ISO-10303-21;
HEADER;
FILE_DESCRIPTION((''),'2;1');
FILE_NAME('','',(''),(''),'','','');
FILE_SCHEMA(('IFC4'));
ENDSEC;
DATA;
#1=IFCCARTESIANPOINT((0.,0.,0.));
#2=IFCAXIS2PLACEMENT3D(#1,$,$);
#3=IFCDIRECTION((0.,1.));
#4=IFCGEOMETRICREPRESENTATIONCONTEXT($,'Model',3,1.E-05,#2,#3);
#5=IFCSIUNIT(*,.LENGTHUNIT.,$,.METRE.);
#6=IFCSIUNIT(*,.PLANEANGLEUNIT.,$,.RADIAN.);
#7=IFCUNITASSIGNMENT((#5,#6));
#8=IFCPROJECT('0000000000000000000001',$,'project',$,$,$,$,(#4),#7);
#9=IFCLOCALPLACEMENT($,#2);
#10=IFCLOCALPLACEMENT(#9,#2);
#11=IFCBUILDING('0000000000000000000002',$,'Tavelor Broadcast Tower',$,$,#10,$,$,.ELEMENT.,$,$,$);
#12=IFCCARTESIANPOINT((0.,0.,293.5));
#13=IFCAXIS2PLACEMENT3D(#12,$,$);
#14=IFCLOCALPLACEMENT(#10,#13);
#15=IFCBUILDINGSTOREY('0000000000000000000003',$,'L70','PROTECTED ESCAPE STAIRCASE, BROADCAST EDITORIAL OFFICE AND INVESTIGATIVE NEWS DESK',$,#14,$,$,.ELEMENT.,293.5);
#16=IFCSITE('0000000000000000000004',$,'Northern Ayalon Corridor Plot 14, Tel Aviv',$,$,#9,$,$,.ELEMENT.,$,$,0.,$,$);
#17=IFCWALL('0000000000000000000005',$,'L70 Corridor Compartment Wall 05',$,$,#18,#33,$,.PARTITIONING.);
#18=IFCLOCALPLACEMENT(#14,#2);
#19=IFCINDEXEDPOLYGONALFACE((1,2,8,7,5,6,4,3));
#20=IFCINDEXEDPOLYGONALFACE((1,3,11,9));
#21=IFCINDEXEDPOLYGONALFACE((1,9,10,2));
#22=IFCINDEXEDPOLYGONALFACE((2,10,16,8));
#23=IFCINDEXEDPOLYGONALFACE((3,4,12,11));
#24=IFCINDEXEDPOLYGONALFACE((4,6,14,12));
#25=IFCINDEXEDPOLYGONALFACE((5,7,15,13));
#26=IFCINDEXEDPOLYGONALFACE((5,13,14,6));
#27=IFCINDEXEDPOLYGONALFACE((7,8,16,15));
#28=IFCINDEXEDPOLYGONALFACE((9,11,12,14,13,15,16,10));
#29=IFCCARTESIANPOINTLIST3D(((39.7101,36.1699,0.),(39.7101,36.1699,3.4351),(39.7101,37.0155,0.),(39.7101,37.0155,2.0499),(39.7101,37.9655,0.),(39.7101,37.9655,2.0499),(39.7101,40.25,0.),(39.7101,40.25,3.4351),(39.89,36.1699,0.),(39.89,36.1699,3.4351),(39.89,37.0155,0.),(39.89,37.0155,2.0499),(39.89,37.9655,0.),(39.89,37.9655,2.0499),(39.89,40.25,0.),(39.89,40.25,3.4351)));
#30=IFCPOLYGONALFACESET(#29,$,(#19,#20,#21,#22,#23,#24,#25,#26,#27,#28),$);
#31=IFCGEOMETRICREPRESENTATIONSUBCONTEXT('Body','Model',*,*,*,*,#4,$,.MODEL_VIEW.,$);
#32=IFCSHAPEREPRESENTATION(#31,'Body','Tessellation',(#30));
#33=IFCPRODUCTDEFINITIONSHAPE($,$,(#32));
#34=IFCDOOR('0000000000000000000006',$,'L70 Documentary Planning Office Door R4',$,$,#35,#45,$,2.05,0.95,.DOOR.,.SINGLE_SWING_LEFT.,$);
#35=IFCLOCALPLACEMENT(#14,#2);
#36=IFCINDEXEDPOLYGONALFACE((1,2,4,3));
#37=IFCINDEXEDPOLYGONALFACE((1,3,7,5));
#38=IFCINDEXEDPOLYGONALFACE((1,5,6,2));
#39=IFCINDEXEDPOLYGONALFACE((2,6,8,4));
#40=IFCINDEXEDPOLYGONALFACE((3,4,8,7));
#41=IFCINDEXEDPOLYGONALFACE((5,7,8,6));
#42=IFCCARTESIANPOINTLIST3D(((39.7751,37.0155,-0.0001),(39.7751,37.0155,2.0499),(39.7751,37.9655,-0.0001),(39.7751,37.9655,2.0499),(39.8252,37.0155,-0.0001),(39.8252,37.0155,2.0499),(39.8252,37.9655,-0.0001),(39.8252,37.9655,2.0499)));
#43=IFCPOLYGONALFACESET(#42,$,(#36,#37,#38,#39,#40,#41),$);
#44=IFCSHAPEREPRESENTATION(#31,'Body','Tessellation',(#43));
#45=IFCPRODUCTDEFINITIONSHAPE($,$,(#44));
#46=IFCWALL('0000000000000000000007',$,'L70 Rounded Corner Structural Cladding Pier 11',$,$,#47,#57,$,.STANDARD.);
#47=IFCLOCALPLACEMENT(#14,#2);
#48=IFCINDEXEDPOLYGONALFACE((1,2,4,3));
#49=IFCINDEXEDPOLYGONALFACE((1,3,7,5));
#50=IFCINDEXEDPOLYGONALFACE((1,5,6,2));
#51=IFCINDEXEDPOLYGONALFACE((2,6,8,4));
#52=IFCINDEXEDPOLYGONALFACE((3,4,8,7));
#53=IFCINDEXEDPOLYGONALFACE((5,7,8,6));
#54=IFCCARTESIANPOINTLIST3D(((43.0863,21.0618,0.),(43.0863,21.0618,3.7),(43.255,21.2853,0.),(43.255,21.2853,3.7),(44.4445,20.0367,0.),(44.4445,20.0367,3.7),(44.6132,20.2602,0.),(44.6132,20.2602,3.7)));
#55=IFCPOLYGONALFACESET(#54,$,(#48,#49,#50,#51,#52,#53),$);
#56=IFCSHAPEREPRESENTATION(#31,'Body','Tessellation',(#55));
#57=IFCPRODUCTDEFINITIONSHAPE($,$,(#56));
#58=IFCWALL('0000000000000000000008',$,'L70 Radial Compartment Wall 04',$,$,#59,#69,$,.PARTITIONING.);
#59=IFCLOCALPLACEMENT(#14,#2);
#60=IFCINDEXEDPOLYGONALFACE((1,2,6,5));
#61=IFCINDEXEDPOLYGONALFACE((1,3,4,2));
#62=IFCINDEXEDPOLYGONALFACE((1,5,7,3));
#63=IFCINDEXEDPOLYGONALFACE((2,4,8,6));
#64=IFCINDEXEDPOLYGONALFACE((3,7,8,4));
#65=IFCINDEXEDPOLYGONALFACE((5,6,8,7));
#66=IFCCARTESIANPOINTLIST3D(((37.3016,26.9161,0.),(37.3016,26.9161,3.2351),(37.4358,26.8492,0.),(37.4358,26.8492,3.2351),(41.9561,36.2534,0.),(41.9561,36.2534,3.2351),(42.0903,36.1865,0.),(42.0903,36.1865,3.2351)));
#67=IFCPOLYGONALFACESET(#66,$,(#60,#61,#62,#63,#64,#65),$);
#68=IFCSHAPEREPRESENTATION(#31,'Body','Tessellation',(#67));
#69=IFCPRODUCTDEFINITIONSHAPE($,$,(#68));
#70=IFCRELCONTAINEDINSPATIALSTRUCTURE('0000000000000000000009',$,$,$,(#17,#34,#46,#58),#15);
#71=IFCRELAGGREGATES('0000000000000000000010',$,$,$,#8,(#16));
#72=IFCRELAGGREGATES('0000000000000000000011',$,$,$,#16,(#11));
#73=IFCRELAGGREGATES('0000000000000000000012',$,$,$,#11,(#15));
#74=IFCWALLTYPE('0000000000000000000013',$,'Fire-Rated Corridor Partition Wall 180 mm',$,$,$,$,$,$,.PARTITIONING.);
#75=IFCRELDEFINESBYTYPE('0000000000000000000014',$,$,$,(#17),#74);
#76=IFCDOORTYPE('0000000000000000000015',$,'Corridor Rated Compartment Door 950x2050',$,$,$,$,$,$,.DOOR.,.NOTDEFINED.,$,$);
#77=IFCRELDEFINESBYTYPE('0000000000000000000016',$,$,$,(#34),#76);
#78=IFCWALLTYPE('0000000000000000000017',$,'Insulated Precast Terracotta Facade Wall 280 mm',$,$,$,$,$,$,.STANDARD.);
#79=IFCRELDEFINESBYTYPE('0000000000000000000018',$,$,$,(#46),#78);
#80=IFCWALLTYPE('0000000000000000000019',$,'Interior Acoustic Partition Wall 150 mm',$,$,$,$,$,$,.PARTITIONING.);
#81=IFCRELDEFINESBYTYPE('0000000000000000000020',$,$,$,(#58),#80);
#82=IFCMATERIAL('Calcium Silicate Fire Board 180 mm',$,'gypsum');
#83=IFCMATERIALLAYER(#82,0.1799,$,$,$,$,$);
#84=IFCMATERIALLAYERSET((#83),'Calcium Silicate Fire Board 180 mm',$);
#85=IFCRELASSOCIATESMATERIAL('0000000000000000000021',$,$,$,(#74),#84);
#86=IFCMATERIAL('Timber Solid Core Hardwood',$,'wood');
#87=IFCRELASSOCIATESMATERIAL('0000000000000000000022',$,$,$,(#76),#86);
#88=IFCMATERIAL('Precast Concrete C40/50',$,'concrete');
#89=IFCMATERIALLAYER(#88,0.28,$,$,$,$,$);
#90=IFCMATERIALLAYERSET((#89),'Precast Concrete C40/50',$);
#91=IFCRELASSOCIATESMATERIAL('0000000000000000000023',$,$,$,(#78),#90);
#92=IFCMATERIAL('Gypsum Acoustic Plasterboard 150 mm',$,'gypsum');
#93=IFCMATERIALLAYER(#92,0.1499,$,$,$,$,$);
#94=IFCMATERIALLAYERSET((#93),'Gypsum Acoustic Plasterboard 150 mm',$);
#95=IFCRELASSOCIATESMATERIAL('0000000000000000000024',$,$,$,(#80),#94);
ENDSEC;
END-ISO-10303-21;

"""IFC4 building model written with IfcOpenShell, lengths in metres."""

from ifc_helpers import new_model, si_unit, direction, frame, frame_2d, origin, place, context, subcontext, project, spatial, rectangle, extrude, material, layer, layer_set, type_object, element, fill, save


model = new_model("IFC4")

# Units and contexts
model_context = context("Model", 3, precision=1e-05, world=origin(), true_north=direction((0.0, 1.0)))
body_context = subcontext(model_context, "Body", "Model", "MODEL_VIEW")
ifc_project = project(units=[si_unit("LENGTHUNIT", "METRE"), si_unit("PLANEANGLEUNIT", "RADIAN")], contexts=[model_context])

# Site, building, storey
site_placement = place(None, origin())
site = spatial("IfcSite", under=ifc_project, at=site_placement, Name="Northern Ayalon Corridor Plot 14, Tel Aviv", CompositionType="ELEMENT", RefElevation=0.0)
building_placement = place(site_placement, origin())
building = spatial("IfcBuilding", under=site, at=building_placement, Name="Tavelor Broadcast Tower", CompositionType="ELEMENT")
storey_placement = place(building_placement, frame((0.0, 0.0, 293.5)))
storey = spatial("IfcBuildingStorey", under=building, at=storey_placement, Name="L70", Description="PROTECTED ESCAPE STAIRCASE, BROADCAST EDITORIAL OFFICE AND INVESTIGATIVE NEWS DESK", CompositionType="ELEMENT", Elevation=293.5)

# Wall, opening, door
ifc_material_1 = material(Name="Calcium Silicate Fire Board 180 mm", Category="gypsum")
ifc_layer_1 = layer(ifc_material_1, 0.1799)
ifc_layer_set_1 = layer_set([ifc_layer_1], Name="Calcium Silicate Fire Board 180 mm")
wall_type_1 = type_object("IfcWallType", Name="Fire-Rated Corridor Partition Wall 180 mm", PredefinedType="PARTITIONING", material=ifc_layer_set_1)
wall_1_placement = place(storey_placement, frame((39.8, 36.1699, 0.0), z_axis=(0.0, 0.0, 1.0), x_axis=(0.0, 1.0, 0.0)))
wall_1 = element("IfcWall", 1, at=wall_1_placement, inside=storey, type_object=wall_type_1, Name="L70 Corridor Compartment Wall 05", PredefinedType="PARTITIONING", context=body_context, shape_type="SweptSolid", body=[
    extrude(rectangle(XDim=4.0801, YDim=0.1799, at=frame_2d((2.04, 0.0))), origin(), (0.0, 0.0, 1.0), 3.4351),
])
opening_placement = place(wall_1_placement, frame((0.8455, 0.0, 0.0)))
opening = element("IfcOpeningElement", 2, at=opening_placement, cuts=wall_1, PredefinedType="OPENING", context=body_context, shape_type="SweptSolid", body=[
    extrude(rectangle(XDim=0.95, YDim=2.05, at=frame_2d((0.4751, 1.0249))), frame((0.0, 0.1001, 0.0), z_axis=(0.0, -1.0, 0.0), x_axis=(1.0, 0.0, 0.0)), (0.0, 0.0, 1.0), 0.2),
])
ifc_material_2 = material(Name="Timber Solid Core Hardwood", Category="wood")
door_type = type_object("IfcDoorType", Name="Corridor Rated Compartment Door 950x2050", OperationType="NOTDEFINED", PredefinedType="DOOR", material=ifc_material_2)
door_placement = place(opening_placement, origin())
door = element("IfcDoor", 3, at=door_placement, inside=storey, type_object=door_type, Name="L70 Documentary Planning Office Door R4", OperationType="SINGLE_SWING_LEFT", OverallHeight=2.05, OverallWidth=0.95, PredefinedType="DOOR", context=body_context, shape_type="SweptSolid", body=[
    extrude(rectangle(XDim=0.95, YDim=2.05, at=frame_2d((0.4751, 1.0249))), frame((0.0, 0.0249, 0.0), z_axis=(0.0, -1.0, 0.0), x_axis=(1.0, 0.0, 0.0)), (0.0, 0.0, 1.0), 0.05),
])
fill(opening, door)

# Walls
ifc_material_3 = material(Name="Precast Concrete C40/50", Category="concrete")
ifc_layer_2 = layer(ifc_material_3, 0.28)
ifc_layer_set_2 = layer_set([ifc_layer_2], Name="Precast Concrete C40/50")
wall_type_2 = type_object("IfcWallType", Name="Insulated Precast Terracotta Facade Wall 280 mm", PredefinedType="STANDARD", material=ifc_layer_set_2)
wall_2_placement = place(storey_placement, frame((43.1707, 21.1736, 0.0), z_axis=(0.0, 0.0, 1.0), x_axis=(0.798154, -0.602453, 0.0)))
element("IfcWall", 4, at=wall_2_placement, inside=storey, type_object=wall_type_2, Name="L70 Rounded Corner Structural Cladding Pier 11", PredefinedType="STANDARD", context=body_context, shape_type="SweptSolid", body=[
    extrude(rectangle(XDim=1.7017, YDim=0.28, at=frame_2d((0.8508, 0.0))), origin(), (0.0, 0.0, 1.0), 3.7),
])
ifc_material_4 = material(Name="Gypsum Acoustic Plasterboard 150 mm", Category="gypsum")
ifc_layer_3 = layer(ifc_material_4, 0.1499)
ifc_layer_set_3 = layer_set([ifc_layer_3], Name="Gypsum Acoustic Plasterboard 150 mm")
wall_type_3 = type_object("IfcWallType", Name="Interior Acoustic Partition Wall 150 mm", PredefinedType="PARTITIONING", material=ifc_layer_set_3)
wall_3_placement = place(storey_placement, frame((42.0232, 36.22, 0.0), z_axis=(0.0, 0.0, 1.0), x_axis=(-0.446127, -0.894969, 0.0)))
element("IfcWall", 5, at=wall_3_placement, inside=storey, type_object=wall_type_3, Name="L70 Radial Compartment Wall 04", PredefinedType="PARTITIONING", context=body_context, shape_type="SweptSolid", body=[
    extrude(rectangle(XDim=10.4331, YDim=0.1499, at=frame_2d((5.2166, 0.0))), origin(), (0.0, 0.0, 1.0), 3.2351),
])

save(model, "model.ifc")
